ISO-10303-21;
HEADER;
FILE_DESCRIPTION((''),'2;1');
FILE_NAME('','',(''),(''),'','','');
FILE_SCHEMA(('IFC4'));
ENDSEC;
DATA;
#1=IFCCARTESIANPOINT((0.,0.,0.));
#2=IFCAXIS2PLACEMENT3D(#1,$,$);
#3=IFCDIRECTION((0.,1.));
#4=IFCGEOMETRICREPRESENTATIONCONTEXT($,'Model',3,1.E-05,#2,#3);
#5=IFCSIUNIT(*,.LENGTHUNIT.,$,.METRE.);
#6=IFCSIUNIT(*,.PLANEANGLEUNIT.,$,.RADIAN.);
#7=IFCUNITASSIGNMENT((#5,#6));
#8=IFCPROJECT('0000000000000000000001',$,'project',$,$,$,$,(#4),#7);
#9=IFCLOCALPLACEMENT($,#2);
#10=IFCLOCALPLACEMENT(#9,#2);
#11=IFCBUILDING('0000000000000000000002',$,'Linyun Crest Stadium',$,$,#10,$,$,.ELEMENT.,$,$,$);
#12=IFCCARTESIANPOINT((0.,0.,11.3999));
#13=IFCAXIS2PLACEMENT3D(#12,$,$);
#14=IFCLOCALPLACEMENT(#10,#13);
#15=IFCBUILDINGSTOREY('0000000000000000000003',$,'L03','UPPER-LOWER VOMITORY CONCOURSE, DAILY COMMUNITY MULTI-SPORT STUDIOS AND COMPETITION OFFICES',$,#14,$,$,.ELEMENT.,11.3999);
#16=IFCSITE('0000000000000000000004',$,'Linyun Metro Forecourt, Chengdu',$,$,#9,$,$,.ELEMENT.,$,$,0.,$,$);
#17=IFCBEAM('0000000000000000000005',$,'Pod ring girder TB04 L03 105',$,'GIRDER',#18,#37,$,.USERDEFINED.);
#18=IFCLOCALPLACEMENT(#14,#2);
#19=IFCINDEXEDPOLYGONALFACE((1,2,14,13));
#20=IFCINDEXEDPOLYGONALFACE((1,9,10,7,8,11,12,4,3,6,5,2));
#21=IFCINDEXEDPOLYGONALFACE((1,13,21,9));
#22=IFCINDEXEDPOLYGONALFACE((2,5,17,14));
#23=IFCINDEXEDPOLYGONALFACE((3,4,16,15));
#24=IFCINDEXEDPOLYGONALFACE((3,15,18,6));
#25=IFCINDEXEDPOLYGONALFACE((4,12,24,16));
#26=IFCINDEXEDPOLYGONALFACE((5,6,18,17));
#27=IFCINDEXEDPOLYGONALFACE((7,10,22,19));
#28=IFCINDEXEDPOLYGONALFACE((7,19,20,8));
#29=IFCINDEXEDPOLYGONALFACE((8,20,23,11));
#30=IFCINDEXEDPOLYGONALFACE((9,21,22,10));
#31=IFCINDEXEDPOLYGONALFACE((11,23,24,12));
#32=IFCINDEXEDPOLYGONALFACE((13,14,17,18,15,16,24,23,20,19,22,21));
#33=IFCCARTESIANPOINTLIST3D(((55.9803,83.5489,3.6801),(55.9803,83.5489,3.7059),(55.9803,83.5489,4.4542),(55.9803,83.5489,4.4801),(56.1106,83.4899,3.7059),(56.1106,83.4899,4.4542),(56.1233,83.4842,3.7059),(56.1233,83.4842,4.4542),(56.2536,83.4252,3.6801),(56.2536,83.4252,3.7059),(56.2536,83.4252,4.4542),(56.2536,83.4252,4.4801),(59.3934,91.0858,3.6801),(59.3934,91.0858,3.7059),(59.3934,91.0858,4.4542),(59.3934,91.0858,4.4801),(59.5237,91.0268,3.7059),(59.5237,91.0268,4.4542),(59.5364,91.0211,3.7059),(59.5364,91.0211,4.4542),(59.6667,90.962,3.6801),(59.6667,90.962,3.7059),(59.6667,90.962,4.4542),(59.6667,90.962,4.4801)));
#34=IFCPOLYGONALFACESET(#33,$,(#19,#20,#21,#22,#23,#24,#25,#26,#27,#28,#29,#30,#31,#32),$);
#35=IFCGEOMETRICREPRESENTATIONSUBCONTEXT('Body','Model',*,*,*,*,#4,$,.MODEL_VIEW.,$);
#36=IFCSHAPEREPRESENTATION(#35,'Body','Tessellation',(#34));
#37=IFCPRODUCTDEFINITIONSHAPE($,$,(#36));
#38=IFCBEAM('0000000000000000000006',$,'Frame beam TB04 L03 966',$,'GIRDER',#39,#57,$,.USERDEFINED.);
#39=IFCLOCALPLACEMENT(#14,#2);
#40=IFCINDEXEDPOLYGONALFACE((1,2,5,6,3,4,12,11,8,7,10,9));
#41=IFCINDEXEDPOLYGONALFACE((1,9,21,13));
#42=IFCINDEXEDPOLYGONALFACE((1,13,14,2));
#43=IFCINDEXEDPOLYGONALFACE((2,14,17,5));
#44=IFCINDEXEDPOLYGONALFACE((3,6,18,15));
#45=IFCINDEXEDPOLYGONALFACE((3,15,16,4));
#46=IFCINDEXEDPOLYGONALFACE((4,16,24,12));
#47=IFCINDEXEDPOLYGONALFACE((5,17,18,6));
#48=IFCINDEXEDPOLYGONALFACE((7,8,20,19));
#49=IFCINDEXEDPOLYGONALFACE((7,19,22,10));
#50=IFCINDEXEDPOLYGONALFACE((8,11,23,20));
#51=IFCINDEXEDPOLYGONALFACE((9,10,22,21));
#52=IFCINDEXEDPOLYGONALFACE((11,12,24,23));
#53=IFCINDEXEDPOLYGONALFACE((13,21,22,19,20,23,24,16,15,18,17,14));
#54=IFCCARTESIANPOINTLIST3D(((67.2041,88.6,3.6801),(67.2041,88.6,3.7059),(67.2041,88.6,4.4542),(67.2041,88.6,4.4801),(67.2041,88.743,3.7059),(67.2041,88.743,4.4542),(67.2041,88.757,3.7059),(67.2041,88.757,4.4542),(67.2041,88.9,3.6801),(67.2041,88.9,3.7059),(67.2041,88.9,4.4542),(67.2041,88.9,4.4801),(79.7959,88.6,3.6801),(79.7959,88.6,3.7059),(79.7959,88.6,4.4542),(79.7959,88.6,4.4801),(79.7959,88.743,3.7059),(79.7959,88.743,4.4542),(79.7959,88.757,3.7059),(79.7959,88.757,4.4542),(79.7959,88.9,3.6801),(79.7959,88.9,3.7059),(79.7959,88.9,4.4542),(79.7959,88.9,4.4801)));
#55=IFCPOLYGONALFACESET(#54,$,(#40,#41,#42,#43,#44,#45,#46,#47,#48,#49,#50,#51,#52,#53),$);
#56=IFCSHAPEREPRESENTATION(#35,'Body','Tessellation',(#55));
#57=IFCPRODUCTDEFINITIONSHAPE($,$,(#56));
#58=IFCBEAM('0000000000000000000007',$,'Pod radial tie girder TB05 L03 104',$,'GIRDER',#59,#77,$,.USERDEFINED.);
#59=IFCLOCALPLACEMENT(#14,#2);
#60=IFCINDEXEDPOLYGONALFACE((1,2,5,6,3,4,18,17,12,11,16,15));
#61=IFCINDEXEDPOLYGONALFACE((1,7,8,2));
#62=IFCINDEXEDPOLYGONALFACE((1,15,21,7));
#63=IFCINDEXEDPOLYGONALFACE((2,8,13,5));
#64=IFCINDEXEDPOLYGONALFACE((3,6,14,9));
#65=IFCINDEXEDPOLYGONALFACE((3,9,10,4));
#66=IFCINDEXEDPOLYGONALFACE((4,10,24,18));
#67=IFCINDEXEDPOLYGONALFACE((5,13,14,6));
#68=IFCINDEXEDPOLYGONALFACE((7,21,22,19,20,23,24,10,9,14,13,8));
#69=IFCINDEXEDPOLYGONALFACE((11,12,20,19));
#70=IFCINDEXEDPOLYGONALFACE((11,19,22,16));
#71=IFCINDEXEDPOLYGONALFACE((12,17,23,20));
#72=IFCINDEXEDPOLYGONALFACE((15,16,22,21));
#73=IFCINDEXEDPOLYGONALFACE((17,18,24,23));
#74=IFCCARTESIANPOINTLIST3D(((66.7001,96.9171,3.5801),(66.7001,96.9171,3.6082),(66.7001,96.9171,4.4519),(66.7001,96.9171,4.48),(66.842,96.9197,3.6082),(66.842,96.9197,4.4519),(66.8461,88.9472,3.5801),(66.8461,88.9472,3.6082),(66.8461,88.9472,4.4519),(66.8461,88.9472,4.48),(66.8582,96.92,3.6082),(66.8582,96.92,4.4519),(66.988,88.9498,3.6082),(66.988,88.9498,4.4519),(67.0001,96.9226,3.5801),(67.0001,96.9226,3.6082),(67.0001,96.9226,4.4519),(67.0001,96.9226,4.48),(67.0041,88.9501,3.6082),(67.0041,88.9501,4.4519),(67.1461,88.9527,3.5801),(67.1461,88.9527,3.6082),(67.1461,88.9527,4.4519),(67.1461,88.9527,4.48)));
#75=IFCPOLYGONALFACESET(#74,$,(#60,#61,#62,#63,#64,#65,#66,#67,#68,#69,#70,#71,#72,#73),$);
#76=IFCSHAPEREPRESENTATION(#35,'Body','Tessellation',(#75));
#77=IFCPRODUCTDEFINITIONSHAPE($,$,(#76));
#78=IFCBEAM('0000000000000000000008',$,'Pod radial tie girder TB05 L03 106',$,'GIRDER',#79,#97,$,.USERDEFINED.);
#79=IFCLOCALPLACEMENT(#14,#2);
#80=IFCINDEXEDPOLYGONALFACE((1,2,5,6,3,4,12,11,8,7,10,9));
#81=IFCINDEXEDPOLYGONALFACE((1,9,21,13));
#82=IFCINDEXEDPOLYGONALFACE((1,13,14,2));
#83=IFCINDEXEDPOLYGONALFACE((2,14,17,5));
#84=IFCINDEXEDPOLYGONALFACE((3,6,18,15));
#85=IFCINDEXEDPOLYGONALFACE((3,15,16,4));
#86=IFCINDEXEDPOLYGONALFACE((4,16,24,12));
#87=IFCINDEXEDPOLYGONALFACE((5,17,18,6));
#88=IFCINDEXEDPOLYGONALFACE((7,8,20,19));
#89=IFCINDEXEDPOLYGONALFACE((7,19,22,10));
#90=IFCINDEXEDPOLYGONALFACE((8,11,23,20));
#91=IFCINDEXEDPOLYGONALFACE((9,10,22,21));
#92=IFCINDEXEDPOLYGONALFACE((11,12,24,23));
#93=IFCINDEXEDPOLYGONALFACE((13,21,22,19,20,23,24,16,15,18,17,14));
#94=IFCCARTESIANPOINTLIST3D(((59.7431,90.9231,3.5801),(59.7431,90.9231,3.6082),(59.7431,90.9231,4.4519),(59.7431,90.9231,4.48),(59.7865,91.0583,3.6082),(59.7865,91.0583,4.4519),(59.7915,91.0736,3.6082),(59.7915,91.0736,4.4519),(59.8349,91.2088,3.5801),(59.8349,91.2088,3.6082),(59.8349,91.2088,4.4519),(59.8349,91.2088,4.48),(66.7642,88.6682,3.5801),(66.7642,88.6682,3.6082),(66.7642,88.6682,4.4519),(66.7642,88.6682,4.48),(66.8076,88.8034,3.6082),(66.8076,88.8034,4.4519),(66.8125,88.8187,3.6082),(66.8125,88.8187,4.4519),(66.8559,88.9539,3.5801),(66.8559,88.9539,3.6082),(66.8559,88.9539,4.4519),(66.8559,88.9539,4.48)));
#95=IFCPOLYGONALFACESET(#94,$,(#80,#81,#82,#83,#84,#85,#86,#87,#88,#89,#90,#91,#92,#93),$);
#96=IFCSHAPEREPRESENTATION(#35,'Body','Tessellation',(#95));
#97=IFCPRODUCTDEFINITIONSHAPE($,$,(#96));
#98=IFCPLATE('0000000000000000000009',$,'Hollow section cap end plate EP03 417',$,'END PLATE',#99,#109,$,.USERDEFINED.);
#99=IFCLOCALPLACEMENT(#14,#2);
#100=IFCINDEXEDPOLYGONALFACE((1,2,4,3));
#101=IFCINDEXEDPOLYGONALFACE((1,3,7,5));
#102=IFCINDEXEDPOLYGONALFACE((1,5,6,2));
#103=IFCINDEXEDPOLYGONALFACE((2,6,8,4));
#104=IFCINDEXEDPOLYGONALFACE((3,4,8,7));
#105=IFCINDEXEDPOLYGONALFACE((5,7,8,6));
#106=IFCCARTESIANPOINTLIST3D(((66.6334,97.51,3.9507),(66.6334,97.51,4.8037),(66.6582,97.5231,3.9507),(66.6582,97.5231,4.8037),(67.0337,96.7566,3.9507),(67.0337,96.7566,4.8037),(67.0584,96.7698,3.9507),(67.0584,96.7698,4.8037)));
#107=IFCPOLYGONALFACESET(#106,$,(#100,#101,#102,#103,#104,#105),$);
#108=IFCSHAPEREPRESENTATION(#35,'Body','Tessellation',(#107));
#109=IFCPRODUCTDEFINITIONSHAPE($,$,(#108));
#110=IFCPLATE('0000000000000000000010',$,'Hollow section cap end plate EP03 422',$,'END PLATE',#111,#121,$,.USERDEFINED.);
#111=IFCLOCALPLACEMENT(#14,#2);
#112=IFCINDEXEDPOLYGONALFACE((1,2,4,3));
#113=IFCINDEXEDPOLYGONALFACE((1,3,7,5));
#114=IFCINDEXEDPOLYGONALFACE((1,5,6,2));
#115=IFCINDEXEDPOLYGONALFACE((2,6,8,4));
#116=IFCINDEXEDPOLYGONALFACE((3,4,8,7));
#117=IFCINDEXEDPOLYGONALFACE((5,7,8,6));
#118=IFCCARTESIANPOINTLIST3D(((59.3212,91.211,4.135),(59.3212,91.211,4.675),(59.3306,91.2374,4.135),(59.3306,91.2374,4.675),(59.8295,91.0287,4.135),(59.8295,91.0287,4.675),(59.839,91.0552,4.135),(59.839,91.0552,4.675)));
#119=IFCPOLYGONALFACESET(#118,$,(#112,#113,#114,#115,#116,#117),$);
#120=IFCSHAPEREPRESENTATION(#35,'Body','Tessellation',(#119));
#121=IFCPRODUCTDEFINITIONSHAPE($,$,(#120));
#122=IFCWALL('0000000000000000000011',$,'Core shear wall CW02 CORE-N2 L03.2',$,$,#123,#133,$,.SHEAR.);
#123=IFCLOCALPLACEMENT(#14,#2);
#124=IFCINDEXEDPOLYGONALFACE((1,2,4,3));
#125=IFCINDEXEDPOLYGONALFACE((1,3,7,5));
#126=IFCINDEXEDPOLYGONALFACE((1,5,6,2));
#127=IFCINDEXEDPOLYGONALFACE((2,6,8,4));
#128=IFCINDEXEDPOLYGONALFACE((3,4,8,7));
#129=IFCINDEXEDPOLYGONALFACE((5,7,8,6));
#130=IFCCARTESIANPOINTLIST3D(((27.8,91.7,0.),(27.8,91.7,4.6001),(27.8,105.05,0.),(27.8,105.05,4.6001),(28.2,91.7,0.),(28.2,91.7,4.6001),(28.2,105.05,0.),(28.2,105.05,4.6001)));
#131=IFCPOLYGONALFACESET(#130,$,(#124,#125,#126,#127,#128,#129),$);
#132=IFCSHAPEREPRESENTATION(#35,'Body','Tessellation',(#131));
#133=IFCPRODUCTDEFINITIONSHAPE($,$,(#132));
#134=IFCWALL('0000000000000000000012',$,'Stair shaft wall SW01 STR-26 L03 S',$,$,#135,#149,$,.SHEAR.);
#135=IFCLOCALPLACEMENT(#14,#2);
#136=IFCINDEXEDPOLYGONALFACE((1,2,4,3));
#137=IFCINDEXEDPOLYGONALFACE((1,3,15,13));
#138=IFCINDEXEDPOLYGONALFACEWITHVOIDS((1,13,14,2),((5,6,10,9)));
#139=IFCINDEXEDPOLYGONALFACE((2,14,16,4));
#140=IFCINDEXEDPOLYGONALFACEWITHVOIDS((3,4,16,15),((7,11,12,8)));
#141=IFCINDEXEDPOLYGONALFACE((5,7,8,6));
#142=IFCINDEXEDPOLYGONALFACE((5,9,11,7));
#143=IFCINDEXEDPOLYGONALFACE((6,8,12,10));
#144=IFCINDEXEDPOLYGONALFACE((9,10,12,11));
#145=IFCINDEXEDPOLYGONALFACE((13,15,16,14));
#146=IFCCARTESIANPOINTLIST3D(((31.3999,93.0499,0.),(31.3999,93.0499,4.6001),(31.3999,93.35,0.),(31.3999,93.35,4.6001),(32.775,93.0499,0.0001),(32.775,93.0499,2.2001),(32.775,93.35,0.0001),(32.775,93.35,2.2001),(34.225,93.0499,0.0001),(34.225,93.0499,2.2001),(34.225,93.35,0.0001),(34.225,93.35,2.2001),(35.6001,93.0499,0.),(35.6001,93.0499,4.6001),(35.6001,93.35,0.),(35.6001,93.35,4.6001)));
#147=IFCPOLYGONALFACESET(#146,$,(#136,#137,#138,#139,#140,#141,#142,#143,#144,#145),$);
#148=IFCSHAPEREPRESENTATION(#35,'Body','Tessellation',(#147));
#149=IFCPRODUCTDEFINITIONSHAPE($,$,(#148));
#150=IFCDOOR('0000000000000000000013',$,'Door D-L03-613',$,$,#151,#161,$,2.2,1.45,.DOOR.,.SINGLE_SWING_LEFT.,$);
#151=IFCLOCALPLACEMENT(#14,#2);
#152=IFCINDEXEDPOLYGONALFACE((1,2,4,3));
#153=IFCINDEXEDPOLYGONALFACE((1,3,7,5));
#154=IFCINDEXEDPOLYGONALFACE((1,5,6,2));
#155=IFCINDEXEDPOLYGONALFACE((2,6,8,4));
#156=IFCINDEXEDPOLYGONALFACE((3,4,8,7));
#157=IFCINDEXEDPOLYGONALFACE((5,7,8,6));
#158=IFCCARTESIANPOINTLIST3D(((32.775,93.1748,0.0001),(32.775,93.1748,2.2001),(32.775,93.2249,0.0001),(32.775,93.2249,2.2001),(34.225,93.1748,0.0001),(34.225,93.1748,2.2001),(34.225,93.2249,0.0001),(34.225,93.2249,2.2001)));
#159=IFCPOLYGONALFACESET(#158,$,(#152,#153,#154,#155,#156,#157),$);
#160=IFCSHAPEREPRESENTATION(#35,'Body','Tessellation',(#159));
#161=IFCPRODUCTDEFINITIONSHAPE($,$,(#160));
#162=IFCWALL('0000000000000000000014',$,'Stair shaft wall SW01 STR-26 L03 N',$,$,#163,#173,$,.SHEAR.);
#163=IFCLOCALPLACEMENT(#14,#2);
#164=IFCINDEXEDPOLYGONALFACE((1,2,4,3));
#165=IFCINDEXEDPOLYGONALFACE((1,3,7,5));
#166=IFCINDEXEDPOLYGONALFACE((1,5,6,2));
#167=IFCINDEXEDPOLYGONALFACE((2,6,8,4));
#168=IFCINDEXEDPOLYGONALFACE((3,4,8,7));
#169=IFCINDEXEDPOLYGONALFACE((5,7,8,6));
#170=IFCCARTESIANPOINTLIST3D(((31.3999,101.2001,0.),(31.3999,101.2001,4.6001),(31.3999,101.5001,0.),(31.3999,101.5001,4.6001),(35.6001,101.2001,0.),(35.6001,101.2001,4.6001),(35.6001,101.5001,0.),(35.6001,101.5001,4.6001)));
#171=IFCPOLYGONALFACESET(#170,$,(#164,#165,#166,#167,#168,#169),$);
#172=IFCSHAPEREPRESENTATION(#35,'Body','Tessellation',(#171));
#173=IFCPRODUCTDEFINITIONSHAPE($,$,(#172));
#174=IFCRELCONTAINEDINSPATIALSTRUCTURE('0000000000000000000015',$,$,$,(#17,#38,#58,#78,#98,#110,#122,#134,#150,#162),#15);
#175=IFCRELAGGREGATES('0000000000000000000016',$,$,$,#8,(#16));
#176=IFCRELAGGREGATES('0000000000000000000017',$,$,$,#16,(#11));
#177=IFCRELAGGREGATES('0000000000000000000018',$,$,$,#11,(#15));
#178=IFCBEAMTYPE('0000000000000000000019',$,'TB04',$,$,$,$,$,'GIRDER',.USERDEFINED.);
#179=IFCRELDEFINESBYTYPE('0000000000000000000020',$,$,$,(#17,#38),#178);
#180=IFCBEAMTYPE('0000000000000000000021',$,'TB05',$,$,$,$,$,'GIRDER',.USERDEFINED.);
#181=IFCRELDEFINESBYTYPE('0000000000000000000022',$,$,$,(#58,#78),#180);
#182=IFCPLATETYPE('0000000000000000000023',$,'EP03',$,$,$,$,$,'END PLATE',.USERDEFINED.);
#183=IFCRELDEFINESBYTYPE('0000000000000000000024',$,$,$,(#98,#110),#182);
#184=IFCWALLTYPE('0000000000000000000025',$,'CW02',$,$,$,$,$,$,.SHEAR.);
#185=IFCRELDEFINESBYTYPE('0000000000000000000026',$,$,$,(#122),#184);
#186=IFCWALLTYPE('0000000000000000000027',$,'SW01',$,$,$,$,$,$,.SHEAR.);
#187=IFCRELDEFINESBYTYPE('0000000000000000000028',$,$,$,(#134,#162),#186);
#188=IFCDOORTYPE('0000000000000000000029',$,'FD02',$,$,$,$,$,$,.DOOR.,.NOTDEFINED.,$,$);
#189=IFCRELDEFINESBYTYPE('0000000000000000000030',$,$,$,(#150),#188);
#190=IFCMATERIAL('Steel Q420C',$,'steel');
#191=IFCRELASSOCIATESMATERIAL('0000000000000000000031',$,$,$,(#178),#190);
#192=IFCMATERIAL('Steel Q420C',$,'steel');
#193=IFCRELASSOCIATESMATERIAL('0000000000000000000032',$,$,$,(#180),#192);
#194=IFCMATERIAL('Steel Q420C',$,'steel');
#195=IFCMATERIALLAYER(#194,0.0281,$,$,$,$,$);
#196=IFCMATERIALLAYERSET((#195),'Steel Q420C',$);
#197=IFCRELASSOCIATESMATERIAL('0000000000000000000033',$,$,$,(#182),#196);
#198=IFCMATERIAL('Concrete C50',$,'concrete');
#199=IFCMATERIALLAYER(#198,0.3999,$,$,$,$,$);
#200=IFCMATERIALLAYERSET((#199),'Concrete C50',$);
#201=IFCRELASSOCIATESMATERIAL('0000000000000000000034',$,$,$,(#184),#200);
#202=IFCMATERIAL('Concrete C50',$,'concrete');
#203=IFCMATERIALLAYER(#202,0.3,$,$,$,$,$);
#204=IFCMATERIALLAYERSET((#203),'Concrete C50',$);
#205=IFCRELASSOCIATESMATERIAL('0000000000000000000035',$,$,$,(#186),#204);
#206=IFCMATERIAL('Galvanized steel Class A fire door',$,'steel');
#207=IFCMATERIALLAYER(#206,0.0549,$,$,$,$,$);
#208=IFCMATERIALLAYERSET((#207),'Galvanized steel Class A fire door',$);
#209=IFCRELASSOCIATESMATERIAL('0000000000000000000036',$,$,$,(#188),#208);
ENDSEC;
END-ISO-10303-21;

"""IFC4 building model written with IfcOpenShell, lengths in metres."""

from ifc_helpers import new_model, si_unit, direction, frame, frame_2d, origin, origin_2d, place, context, subcontext, project, spatial, rectangle, i_section, extrude, material, layer, layer_set, material_profile, profile_set, type_object, element, fill, save


model = new_model("IFC4")

# Units and contexts
model_context = context("Model", 3, precision=1e-05, world=origin(), true_north=direction((0.0, 1.0)))
body_context = subcontext(model_context, "Body", "Model", "MODEL_VIEW")
ifc_project = project(units=[si_unit("LENGTHUNIT", "METRE"), si_unit("PLANEANGLEUNIT", "RADIAN")], contexts=[model_context])

# Site, building, storey
site_placement = place(None, origin())
site = spatial("IfcSite", under=ifc_project, at=site_placement, Name="Linyun Metro Forecourt, Chengdu", CompositionType="ELEMENT", RefElevation=0.0)
building_placement = place(site_placement, origin())
building = spatial("IfcBuilding", under=site, at=building_placement, Name="Linyun Crest Stadium", CompositionType="ELEMENT")
storey_placement = place(building_placement, frame((0.0, 0.0, 11.3999)))
storey = spatial("IfcBuildingStorey", under=building, at=storey_placement, Name="L03", Description="UPPER-LOWER VOMITORY CONCOURSE, DAILY COMMUNITY MULTI-SPORT STUDIOS AND COMPETITION OFFICES", CompositionType="ELEMENT", Elevation=11.3999)

# Beams
ifc_material_1 = material(Name="Steel Q420C", Category="steel")
ifc_material_profile_1 = material_profile(ifc_material_1, i_section(OverallWidth=0.3, OverallDepth=0.8, WebThickness=0.0139, FlangeThickness=0.0259, at=origin_2d()), Name="HN 800x300")
ifc_profile_set_1 = profile_set([ifc_material_profile_1], Name="Steel Q420C")
beam_type_1 = type_object("IfcBeamType", Name="TB04", ElementType="GIRDER", PredefinedType="USERDEFINED", material=ifc_profile_set_1)
beam_1_placement = place(storey_placement, frame((59.53, 91.0239, 4.0801), z_axis=(-0.412524, -0.910947, 0.0), x_axis=(0.910947, -0.412524, 0.0)))
element("IfcBeam", 1, at=beam_1_placement, inside=storey, type_object=beam_type_1, Name="Pod ring girder TB04 L03 105", ObjectType="GIRDER", PredefinedType="USERDEFINED", context=body_context, shape_type="SweptSolid", body=[
    extrude(i_section(OverallWidth=0.3, OverallDepth=0.8, WebThickness=0.0139, FlangeThickness=0.0259, at=origin_2d()), origin(), (0.0, 0.0, 1.0), 8.2737),
])
beam_2_placement = place(storey_placement, frame((67.2041, 88.75, 4.0801), z_axis=(1.0, 0.0, 0.0), x_axis=(0.0, 1.0, 0.0)))
element("IfcBeam", 2, at=beam_2_placement, inside=storey, type_object=beam_type_1, Name="Frame beam TB04 L03 966", ObjectType="GIRDER", PredefinedType="USERDEFINED", context=body_context, shape_type="SweptSolid", body=[
    extrude(i_section(OverallWidth=0.3, OverallDepth=0.8, WebThickness=0.0139, FlangeThickness=0.0259, at=origin_2d()), origin(), (0.0, 0.0, 1.0), 12.5918),
])
ifc_material_2 = material(Name="Steel Q420C", Category="steel")
ifc_material_profile_2 = material_profile(ifc_material_2, i_section(OverallWidth=0.3, OverallDepth=0.8999, WebThickness=0.0161, FlangeThickness=0.0281, at=origin_2d()), Name="HN 900x300")
ifc_profile_set_2 = profile_set([ifc_material_profile_2], Name="Steel Q420C")
beam_type_2 = type_object("IfcBeamType", Name="TB05", ElementType="GIRDER", PredefinedType="USERDEFINED", material=ifc_profile_set_2)
beam_3_placement = place(storey_placement, frame((66.9961, 88.95, 4.03), z_axis=(-0.018315, 0.999832, 0.0), x_axis=(-0.999832, -0.018315, 0.0)))
element("IfcBeam", 3, at=beam_3_placement, inside=storey, type_object=beam_type_2, Name="Pod radial tie girder TB05 L03 104", ObjectType="GIRDER", PredefinedType="USERDEFINED", context=body_context, shape_type="SweptSolid", body=[
    extrude(i_section(OverallWidth=0.3, OverallDepth=0.8999, WebThickness=0.0161, FlangeThickness=0.0281, at=origin_2d()), origin(), (0.0, 0.0, 1.0), 7.9712),
])
beam_4_placement = place(storey_placement, frame((66.8101, 88.811, 4.03), z_axis=(-0.952102, 0.30578, 0.0), x_axis=(-0.30578, -0.952102, 0.0)))
element("IfcBeam", 4, at=beam_4_placement, inside=storey, type_object=beam_type_2, Name="Pod radial tie girder TB05 L03 106", ObjectType="GIRDER", PredefinedType="USERDEFINED", context=body_context, shape_type="SweptSolid", body=[
    extrude(i_section(OverallWidth=0.3, OverallDepth=0.8999, WebThickness=0.0161, FlangeThickness=0.0281, at=origin_2d()), origin(), (0.0, 0.0, 1.0), 7.3743),
])

# Plates
ifc_material_3 = material(Name="Steel Q420C", Category="steel")
ifc_layer_1 = layer(ifc_material_3, 0.0281)
ifc_layer_set_1 = layer_set([ifc_layer_1], Name="Steel Q420C")
plate_type = type_object("IfcPlateType", Name="EP03", ElementType="END PLATE", PredefinedType="USERDEFINED", material=ifc_layer_set_1)
plate_1_placement = place(storey_placement, frame((66.8459, 97.1399, 3.9507), z_axis=(0.0, 0.0, 1.0), x_axis=(-0.469163, 0.883111, 0.0)))
element("IfcPlate", 5, at=plate_1_placement, inside=storey, type_object=plate_type, Name="Hollow section cap end plate EP03 417", ObjectType="END PLATE", PredefinedType="USERDEFINED", context=body_context, shape_type="SweptSolid", body=[
    extrude(rectangle(XDim=0.853, YDim=0.0281, at=origin_2d()), origin(), (0.0, 0.0, 1.0), 0.853),
])
plate_2_placement = place(storey_placement, frame((59.5801, 91.1331, 4.135), z_axis=(0.0, 0.0, 1.0), x_axis=(-0.941353, 0.337424, 0.0)))
element("IfcPlate", 6, at=plate_2_placement, inside=storey, type_object=plate_type, Name="Hollow section cap end plate EP03 422", ObjectType="END PLATE", PredefinedType="USERDEFINED", context=body_context, shape_type="SweptSolid", body=[
    extrude(rectangle(XDim=0.54, YDim=0.0281, at=origin_2d()), origin(), (0.0, 0.0, 1.0), 0.54),
])

# Wall
ifc_material_4 = material(Name="Concrete C50", Category="concrete")
ifc_layer_2 = layer(ifc_material_4, 0.3999)
ifc_layer_set_2 = layer_set([ifc_layer_2], Name="Concrete C50")
wall_type_1 = type_object("IfcWallType", Name="CW02", PredefinedType="SHEAR", material=ifc_layer_set_2)
wall_1_placement = place(storey_placement, frame((28.0, 91.7, 0.0), z_axis=(0.0, 0.0, 1.0), x_axis=(0.0, 1.0, 0.0)))
element("IfcWall", 7, at=wall_1_placement, inside=storey, type_object=wall_type_1, Name="Core shear wall CW02 CORE-N2 L03.2", PredefinedType="SHEAR", context=body_context, shape_type="SweptSolid", body=[
    extrude(rectangle(XDim=13.3501, YDim=0.3999, at=frame_2d((6.675, 0.0))), origin(), (0.0, 0.0, 1.0), 4.6001),
])

# Wall, opening, door
ifc_material_5 = material(Name="Concrete C50", Category="concrete")
ifc_layer_3 = layer(ifc_material_5, 0.3)
ifc_layer_set_3 = layer_set([ifc_layer_3], Name="Concrete C50")
wall_type_2 = type_object("IfcWallType", Name="SW01", PredefinedType="SHEAR", material=ifc_layer_set_3)
wall_2_placement = place(storey_placement, frame((31.3999, 93.2, 0.0), z_axis=(0.0, 0.0, 1.0), x_axis=(1.0, 0.0, 0.0)))
wall_2 = element("IfcWall", 8, at=wall_2_placement, inside=storey, type_object=wall_type_2, Name="Stair shaft wall SW01 STR-26 L03 S", PredefinedType="SHEAR", context=body_context, shape_type="SweptSolid", body=[
    extrude(rectangle(XDim=4.2002, YDim=0.3, at=frame_2d((2.1001, 0.0))), origin(), (0.0, 0.0, 1.0), 4.6001),
])
opening_placement = place(wall_2_placement, frame((1.375, 0.0, 0.0)))
opening = element("IfcOpeningElement", 9, at=opening_placement, cuts=wall_2, PredefinedType="OPENING", context=body_context, shape_type="SweptSolid", body=[
    extrude(rectangle(XDim=1.45, YDim=2.2, at=frame_2d((0.7251, 1.1001))), frame((0.0, 0.1599, 0.0), z_axis=(0.0, -1.0, 0.0), x_axis=(1.0, 0.0, 0.0)), (0.0, 0.0, 1.0), 0.3201),
])
ifc_material_6 = material(Name="Galvanized steel Class A fire door", Category="steel")
ifc_layer_4 = layer(ifc_material_6, 0.0549)
ifc_layer_set_4 = layer_set([ifc_layer_4], Name="Galvanized steel Class A fire door")
door_type = type_object("IfcDoorType", Name="FD02", OperationType="NOTDEFINED", PredefinedType="DOOR", material=ifc_layer_set_4)
door_placement = place(opening_placement, origin())
door = element("IfcDoor", 10, at=door_placement, inside=storey, type_object=door_type, Name="Door D-L03-613", OperationType="SINGLE_SWING_LEFT", OverallHeight=2.2, OverallWidth=1.45, PredefinedType="DOOR", context=body_context, shape_type="SweptSolid", body=[
    extrude(rectangle(XDim=1.45, YDim=2.2, at=frame_2d((0.7251, 1.1001))), frame((0.0, 0.0249, 0.0), z_axis=(0.0, -1.0, 0.0), x_axis=(1.0, 0.0, 0.0)), (0.0, 0.0, 1.0), 0.05),
])
fill(opening, door)

# Wall
wall_3_placement = place(storey_placement, frame((31.3999, 101.3501, 0.0), z_axis=(0.0, 0.0, 1.0), x_axis=(1.0, 0.0, 0.0)))
element("IfcWall", 11, at=wall_3_placement, inside=storey, type_object=wall_type_2, Name="Stair shaft wall SW01 STR-26 L03 N", PredefinedType="SHEAR", context=body_context, shape_type="SweptSolid", body=[
    extrude(rectangle(XDim=4.2002, YDim=0.3, at=frame_2d((2.1001, 0.0))), origin(), (0.0, 0.0, 1.0), 4.6001),
])

save(model, "model.ifc")
